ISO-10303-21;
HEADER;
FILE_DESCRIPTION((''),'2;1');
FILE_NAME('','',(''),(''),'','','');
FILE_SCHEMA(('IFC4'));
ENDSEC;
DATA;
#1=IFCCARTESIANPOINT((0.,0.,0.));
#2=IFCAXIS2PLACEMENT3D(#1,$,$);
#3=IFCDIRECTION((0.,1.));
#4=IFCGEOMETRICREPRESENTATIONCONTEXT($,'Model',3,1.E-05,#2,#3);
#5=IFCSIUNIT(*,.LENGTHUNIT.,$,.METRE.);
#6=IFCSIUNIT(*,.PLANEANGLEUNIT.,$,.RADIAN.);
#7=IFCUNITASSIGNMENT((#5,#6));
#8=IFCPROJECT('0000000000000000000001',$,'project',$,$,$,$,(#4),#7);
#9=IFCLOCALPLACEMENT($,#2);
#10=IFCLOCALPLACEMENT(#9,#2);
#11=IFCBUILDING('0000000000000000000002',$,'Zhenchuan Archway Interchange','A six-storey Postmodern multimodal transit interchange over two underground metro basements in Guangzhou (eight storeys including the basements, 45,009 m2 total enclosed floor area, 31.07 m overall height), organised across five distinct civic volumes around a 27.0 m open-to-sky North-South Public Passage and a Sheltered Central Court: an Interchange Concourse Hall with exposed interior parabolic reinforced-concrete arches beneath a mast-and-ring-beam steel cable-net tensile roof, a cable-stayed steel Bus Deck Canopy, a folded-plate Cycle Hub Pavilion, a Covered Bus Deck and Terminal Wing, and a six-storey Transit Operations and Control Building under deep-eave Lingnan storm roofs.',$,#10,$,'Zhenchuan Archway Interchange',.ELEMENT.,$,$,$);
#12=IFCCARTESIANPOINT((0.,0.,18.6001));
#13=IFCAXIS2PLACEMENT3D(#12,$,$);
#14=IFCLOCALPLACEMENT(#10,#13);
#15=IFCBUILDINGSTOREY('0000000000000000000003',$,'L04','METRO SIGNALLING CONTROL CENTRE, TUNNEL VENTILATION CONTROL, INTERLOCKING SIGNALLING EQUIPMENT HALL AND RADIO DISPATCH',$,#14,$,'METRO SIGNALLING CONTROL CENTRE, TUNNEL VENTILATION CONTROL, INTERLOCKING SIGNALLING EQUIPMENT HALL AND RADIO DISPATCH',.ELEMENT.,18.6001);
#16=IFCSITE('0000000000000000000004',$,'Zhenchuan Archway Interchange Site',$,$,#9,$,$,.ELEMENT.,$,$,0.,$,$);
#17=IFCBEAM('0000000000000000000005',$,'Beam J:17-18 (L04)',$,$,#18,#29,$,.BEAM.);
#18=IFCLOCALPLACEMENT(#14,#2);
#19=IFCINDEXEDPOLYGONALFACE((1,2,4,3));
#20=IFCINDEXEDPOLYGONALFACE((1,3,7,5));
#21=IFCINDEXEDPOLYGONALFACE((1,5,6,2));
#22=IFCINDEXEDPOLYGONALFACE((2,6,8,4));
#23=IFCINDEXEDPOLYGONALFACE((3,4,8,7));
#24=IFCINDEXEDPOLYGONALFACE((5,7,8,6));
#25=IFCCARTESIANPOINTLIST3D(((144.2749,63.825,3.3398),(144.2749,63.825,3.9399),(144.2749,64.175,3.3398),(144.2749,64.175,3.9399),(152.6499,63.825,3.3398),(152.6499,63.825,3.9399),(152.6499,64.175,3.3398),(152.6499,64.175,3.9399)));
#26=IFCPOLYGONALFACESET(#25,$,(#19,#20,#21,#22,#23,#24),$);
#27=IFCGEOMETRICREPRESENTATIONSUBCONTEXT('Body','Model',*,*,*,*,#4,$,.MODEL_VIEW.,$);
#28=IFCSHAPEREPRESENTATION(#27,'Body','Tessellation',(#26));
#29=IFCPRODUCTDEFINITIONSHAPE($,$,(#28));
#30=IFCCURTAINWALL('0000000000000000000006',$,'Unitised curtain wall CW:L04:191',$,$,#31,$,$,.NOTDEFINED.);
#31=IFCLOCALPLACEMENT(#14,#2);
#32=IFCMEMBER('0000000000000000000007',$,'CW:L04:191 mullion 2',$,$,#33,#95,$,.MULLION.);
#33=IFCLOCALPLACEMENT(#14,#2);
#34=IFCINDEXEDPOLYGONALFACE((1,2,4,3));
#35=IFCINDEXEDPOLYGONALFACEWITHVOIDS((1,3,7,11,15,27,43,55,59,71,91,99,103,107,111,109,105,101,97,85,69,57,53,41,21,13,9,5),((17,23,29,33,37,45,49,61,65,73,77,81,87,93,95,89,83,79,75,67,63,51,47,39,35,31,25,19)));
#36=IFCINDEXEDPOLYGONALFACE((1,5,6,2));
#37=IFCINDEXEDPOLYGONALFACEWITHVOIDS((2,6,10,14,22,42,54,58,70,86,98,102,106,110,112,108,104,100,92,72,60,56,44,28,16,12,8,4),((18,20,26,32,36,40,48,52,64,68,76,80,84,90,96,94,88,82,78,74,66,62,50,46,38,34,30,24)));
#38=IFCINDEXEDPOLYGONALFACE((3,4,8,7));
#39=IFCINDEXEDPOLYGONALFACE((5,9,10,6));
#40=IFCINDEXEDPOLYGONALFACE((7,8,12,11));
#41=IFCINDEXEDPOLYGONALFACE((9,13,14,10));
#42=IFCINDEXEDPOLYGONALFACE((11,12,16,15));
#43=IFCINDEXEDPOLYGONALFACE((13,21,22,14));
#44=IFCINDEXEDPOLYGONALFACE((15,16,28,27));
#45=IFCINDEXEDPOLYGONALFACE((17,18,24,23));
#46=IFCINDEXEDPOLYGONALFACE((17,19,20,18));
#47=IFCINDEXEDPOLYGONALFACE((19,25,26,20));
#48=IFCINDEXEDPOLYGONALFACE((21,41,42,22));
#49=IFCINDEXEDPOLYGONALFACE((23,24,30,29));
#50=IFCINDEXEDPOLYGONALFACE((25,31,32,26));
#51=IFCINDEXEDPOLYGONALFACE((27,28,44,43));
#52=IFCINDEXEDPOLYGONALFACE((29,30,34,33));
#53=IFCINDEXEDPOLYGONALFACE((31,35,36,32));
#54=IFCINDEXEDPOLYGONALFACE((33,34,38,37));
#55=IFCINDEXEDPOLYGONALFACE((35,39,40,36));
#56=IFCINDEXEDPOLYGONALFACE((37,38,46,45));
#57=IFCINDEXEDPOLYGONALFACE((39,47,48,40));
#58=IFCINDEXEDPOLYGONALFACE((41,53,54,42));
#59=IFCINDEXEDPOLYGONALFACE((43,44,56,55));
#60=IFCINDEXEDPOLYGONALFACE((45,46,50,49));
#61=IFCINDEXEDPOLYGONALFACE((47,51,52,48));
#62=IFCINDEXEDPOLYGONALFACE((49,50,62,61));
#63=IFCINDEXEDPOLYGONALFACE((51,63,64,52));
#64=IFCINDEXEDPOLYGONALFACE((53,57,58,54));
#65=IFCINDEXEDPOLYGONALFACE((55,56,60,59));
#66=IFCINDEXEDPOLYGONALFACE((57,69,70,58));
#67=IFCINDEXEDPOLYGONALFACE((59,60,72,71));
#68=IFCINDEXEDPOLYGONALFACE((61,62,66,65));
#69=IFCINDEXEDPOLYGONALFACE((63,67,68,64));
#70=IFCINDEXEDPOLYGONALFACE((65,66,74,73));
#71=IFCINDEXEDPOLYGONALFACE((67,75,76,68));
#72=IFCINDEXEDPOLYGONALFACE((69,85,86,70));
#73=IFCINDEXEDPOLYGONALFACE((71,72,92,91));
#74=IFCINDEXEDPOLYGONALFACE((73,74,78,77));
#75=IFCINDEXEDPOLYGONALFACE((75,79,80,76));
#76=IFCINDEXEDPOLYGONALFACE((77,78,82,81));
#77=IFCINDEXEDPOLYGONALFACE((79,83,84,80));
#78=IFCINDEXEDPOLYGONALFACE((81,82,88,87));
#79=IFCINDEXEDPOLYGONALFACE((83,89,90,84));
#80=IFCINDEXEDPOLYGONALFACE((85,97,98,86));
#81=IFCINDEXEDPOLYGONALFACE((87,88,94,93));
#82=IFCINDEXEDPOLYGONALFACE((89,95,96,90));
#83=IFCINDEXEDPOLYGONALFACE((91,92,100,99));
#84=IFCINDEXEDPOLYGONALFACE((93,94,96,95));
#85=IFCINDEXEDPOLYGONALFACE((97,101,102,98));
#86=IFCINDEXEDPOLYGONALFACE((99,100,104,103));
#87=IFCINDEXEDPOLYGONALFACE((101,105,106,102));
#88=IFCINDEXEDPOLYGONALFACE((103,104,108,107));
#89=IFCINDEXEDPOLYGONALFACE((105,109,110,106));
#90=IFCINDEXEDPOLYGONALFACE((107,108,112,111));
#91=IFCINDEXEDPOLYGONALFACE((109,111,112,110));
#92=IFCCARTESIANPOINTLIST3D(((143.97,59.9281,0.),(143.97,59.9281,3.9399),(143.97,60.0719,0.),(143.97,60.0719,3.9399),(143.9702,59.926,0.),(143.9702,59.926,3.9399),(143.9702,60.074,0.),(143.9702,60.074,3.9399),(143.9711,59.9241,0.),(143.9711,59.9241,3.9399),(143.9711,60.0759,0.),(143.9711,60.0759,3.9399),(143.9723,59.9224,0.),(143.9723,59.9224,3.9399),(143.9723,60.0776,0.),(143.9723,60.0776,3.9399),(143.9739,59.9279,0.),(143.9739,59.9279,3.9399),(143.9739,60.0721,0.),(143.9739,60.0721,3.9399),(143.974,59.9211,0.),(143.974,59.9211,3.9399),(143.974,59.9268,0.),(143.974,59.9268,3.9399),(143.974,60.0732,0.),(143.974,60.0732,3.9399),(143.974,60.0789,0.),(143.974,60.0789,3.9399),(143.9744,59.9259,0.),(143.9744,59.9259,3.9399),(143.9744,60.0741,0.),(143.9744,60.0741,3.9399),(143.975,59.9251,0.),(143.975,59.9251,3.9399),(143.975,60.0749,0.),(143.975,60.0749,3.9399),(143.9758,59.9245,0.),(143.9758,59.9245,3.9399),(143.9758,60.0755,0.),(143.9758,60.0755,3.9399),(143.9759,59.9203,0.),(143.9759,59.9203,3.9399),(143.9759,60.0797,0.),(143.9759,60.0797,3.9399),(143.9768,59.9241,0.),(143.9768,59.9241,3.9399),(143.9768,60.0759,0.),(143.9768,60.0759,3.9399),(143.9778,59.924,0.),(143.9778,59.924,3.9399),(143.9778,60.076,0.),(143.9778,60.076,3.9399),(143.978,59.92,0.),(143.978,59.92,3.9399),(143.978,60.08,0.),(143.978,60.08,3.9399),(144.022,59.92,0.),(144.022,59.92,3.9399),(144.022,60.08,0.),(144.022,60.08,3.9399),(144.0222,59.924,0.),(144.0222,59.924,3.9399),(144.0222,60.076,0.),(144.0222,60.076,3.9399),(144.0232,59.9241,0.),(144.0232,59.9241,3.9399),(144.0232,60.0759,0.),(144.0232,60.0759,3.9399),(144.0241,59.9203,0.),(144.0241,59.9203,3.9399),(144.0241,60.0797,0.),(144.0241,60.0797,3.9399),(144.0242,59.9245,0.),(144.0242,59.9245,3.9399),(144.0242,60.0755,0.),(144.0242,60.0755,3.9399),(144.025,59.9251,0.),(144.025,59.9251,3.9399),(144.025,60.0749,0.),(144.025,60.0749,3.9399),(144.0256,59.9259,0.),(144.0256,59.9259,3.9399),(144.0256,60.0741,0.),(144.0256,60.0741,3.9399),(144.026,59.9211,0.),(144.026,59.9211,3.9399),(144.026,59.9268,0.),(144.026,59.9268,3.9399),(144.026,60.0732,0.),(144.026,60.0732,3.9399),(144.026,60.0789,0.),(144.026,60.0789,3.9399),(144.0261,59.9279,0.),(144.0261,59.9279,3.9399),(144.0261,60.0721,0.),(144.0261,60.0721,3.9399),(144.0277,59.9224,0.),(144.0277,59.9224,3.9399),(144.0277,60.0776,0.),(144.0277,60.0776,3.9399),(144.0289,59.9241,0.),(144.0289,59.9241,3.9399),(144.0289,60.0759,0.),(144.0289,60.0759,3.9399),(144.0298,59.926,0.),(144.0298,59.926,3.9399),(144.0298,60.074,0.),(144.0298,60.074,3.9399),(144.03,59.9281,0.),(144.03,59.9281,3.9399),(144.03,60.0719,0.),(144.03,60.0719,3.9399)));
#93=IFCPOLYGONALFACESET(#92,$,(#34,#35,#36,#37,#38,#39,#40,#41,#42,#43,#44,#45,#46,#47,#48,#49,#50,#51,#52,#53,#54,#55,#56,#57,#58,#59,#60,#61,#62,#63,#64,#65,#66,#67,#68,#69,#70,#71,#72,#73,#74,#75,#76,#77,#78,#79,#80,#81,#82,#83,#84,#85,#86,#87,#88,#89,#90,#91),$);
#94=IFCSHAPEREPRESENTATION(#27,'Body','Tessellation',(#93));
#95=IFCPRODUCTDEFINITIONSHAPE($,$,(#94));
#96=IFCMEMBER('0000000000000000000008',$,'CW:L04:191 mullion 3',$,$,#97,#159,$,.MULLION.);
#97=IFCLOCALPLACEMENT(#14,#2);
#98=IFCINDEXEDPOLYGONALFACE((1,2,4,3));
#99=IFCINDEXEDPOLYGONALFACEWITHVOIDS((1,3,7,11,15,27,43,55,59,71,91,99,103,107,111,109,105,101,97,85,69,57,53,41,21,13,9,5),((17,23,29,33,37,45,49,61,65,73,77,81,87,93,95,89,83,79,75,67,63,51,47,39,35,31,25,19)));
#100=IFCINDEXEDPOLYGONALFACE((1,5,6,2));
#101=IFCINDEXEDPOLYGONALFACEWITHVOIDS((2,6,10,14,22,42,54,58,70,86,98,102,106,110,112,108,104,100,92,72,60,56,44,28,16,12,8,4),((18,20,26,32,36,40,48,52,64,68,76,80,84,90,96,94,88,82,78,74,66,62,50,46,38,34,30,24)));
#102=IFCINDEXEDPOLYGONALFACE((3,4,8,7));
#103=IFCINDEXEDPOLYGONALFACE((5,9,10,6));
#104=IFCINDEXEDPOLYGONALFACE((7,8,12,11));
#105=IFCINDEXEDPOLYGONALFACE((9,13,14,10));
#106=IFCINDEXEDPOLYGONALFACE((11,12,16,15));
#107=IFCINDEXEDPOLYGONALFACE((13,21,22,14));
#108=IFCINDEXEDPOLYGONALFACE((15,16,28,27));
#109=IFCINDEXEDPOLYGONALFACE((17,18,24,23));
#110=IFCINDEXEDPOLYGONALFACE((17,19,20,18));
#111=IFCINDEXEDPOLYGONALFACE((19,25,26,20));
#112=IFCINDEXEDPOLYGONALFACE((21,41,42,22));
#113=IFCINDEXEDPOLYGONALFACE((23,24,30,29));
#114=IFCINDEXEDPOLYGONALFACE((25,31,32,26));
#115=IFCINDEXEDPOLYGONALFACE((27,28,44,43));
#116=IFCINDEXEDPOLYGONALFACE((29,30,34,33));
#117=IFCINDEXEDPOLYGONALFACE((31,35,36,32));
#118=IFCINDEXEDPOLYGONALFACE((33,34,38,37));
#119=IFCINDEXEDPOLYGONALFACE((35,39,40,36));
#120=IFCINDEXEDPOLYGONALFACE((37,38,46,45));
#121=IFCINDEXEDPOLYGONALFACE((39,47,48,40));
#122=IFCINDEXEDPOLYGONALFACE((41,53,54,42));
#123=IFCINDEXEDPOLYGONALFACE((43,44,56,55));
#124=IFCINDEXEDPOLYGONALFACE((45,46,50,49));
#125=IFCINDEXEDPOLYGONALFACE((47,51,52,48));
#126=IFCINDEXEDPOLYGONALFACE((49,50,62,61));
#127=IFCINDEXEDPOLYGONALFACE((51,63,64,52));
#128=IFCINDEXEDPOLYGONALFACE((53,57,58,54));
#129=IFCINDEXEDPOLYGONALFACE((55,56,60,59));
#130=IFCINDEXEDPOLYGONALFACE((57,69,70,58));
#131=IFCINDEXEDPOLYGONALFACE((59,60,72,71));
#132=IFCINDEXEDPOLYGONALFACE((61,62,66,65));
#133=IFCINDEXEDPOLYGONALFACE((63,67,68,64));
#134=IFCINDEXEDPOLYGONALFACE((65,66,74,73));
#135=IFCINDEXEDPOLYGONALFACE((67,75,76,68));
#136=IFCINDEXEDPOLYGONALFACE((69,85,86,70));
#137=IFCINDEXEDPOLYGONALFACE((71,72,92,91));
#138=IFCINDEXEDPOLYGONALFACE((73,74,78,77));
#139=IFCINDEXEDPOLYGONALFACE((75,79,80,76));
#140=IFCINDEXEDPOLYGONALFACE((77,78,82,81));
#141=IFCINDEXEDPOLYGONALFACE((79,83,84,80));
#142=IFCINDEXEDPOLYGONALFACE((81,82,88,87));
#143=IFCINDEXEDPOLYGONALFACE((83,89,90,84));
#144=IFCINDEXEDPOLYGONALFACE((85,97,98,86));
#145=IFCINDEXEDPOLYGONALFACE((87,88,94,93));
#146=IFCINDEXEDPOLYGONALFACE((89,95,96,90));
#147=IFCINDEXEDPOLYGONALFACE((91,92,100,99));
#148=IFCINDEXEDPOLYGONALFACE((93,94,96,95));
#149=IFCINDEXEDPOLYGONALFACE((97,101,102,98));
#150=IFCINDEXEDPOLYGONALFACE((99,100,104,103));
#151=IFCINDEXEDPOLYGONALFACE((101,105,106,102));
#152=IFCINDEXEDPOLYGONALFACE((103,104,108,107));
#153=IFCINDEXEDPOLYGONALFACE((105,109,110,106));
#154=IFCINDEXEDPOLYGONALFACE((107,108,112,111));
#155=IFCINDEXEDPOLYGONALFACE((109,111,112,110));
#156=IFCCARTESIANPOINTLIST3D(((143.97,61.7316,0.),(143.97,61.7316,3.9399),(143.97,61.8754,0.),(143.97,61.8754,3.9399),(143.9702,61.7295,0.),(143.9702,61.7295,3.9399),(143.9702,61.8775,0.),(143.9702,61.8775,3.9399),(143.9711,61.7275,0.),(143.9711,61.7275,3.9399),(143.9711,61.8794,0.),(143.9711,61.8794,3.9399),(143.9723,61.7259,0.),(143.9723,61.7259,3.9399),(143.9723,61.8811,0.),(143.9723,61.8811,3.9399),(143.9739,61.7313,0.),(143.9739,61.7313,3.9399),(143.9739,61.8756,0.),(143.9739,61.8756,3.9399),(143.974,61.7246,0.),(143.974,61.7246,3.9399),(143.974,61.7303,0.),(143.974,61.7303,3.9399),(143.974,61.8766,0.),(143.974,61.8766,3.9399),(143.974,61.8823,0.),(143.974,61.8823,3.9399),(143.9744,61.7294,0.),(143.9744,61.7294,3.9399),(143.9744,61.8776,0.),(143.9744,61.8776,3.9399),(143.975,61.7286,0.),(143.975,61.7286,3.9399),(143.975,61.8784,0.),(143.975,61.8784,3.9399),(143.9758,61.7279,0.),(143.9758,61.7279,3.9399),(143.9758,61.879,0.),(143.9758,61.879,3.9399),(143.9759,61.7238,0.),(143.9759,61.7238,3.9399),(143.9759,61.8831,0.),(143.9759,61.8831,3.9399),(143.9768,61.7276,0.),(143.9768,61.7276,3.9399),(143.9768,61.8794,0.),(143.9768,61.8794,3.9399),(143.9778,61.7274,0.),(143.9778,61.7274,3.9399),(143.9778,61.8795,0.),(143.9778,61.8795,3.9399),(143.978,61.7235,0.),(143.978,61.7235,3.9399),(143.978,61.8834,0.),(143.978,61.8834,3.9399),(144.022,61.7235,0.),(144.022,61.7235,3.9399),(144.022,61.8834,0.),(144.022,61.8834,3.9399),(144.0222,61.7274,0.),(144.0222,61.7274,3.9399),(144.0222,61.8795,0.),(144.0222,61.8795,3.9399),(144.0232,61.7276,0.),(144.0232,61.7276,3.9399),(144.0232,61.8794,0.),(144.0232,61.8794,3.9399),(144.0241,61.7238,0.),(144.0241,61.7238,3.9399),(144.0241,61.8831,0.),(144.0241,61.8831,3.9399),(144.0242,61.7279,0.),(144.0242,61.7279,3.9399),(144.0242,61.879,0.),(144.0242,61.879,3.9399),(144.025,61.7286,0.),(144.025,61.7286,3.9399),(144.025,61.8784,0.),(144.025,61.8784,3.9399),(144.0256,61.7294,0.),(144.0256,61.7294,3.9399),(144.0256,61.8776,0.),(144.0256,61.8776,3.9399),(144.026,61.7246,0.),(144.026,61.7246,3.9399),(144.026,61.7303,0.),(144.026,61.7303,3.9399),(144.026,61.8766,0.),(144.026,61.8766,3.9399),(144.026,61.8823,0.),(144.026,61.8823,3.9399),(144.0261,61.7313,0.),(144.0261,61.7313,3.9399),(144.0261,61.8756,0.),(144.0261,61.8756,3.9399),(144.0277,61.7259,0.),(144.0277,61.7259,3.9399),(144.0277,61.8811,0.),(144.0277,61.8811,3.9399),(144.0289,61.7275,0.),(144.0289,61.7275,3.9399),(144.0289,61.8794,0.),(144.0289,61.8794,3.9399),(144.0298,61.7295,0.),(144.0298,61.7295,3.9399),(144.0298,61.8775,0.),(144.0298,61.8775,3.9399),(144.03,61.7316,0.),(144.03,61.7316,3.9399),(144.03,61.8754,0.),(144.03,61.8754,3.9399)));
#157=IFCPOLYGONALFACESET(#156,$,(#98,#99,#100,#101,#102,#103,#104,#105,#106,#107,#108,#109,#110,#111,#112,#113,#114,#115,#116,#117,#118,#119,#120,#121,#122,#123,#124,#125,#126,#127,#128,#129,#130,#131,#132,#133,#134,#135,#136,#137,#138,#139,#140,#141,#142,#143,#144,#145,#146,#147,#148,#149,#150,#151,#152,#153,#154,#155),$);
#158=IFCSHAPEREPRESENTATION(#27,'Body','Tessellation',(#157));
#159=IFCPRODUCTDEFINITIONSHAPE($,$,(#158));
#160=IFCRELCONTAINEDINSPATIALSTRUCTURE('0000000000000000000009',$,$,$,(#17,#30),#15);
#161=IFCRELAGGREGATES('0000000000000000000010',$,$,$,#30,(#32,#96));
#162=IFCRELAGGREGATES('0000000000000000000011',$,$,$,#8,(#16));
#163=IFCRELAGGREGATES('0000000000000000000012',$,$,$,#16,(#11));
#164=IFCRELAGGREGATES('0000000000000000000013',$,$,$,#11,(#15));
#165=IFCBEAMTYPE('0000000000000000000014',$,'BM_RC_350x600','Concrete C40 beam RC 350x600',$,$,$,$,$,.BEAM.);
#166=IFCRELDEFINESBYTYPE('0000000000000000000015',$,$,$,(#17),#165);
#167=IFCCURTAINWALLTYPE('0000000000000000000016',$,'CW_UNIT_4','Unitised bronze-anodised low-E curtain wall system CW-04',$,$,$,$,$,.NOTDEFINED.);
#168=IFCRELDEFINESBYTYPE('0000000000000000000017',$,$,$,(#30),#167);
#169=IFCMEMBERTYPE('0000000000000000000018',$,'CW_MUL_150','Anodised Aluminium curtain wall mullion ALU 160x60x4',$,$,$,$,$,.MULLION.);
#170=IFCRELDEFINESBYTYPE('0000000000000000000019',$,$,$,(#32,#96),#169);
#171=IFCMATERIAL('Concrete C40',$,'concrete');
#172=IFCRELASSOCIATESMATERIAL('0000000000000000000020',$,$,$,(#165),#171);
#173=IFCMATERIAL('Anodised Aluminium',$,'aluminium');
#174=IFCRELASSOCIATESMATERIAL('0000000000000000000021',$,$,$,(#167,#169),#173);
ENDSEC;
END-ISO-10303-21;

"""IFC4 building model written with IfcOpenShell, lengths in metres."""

from ifc_helpers import new_model, si_unit, direction, frame, origin, origin_2d, place, context, subcontext, project, spatial, rectangle, hollow_rectangle, extrude, material, material_profile, profile_set, type_object, element, aggregate, save


model = new_model("IFC4")

# Units and contexts
model_context = context("Model", 3, precision=1e-05, world=origin(), true_north=direction((0.0, 1.0)))
body_context = subcontext(model_context, "Body", "Model", "MODEL_VIEW")
ifc_project = project(units=[si_unit("LENGTHUNIT", "METRE"), si_unit("PLANEANGLEUNIT", "RADIAN")], contexts=[model_context])

# Site, building, storey
site_placement = place(None, origin())
site = spatial("IfcSite", under=ifc_project, at=site_placement, Name="Zhenchuan Archway Interchange Site", CompositionType="ELEMENT", RefElevation=0.0)
building_placement = place(site_placement, origin())
building = spatial("IfcBuilding", under=site, at=building_placement, Name="Zhenchuan Archway Interchange", Description="A six-storey Postmodern multimodal transit interchange over two underground metro basements in Guangzhou (eight storeys including the basements, 45,009 m2 total enclosed floor area, 31.07 m overall height), organised across five distinct civic volumes around a 27.0 m open-to-sky North-South Public Passage and a Sheltered Central Court: an Interchange Concourse Hall with exposed interior parabolic reinforced-concrete arches beneath a mast-and-ring-beam steel cable-net tensile roof, a cable-stayed steel Bus Deck Canopy, a folded-plate Cycle Hub Pavilion, a Covered Bus Deck and Terminal Wing, and a six-storey Transit Operations and Control Building under deep-eave Lingnan storm roofs.", LongName="Zhenchuan Archway Interchange", CompositionType="ELEMENT")
storey_placement = place(building_placement, frame((0.0, 0.0, 18.6001)))
storey = spatial("IfcBuildingStorey", under=building, at=storey_placement, Name="L04", Description="METRO SIGNALLING CONTROL CENTRE, TUNNEL VENTILATION CONTROL, INTERLOCKING SIGNALLING EQUIPMENT HALL AND RADIO DISPATCH", LongName="METRO SIGNALLING CONTROL CENTRE, TUNNEL VENTILATION CONTROL, INTERLOCKING SIGNALLING EQUIPMENT HALL AND RADIO DISPATCH", CompositionType="ELEMENT", Elevation=18.6001)

# Beam
ifc_material_1 = material(Name="Concrete C40", Category="concrete")
ifc_material_profile_1 = material_profile(ifc_material_1, rectangle(XDim=0.3501, YDim=0.6001, at=origin_2d()), Name="RC 350x600")
ifc_profile_set_1 = profile_set([ifc_material_profile_1], Name="Concrete C40")
beam_type_1 = type_object("IfcBeamType", Name="BM_RC_350x600", Description="Concrete C40 beam RC 350x600", PredefinedType="BEAM", material=ifc_profile_set_1)
beam_1_placement = place(storey_placement, frame((144.2749, 64.0, 3.6399), z_axis=(1.0, 0.0, 0.0), x_axis=(0.0, 1.0, 0.0)))
element("IfcBeam", 1, at=beam_1_placement, inside=storey, type_object=beam_type_1, Name="Beam J:17-18 (L04)", PredefinedType="BEAM", context=body_context, shape_type="SweptSolid", body=[
    extrude(rectangle(XDim=0.3501, YDim=0.6001, at=origin_2d()), origin(), (0.0, 0.0, 1.0), 8.375),
])

# Curtain wall, members
ifc_material_2 = material(Name="Anodised Aluminium", Category="aluminium")
curtain_wall_type = type_object("IfcCurtainWallType", Name="CW_UNIT_4", Description="Unitised bronze-anodised low-E curtain wall system CW-04", PredefinedType="NOTDEFINED", material=ifc_material_2)
curtain_wall_placement = place(storey_placement, origin())
curtain_wall = element("IfcCurtainWall", 2, at=curtain_wall_placement, inside=storey, type_object=curtain_wall_type, Name="Unitised curtain wall CW:L04:191", PredefinedType="NOTDEFINED")
ifc_material_profile_2 = material_profile(ifc_material_2, hollow_rectangle(XDim=0.0601, YDim=0.1599, WallThickness=0.0039, InnerFilletRadius=0.0039, OuterFilletRadius=0.0081, at=origin_2d()), Name="ALU 160x60x4")
ifc_profile_set_2 = profile_set([ifc_material_profile_2], Name="Anodised Aluminium")
member_type_1 = type_object("IfcMemberType", Name="CW_MUL_150", Description="Anodised Aluminium curtain wall mullion ALU 160x60x4", PredefinedType="MULLION", material=ifc_profile_set_2)
member_1_placement = place(storey_placement, frame((144.0, 60.0, 0.0), z_axis=(0.0, 0.0, 1.0), x_axis=(1.0, 0.0, 0.0)))
member_1 = element("IfcMember", 3, at=member_1_placement, type_object=member_type_1, Name="CW:L04:191 mullion 2", PredefinedType="MULLION", context=body_context, shape_type="SweptSolid", body=[
    extrude(hollow_rectangle(XDim=0.0601, YDim=0.1599, WallThickness=0.0039, InnerFilletRadius=0.0039, OuterFilletRadius=0.0081, at=origin_2d()), origin(), (0.0, 0.0, 1.0), 3.9399),
])
member_2_placement = place(storey_placement, frame((144.0, 61.8035, 0.0), z_axis=(0.0, 0.0, 1.0), x_axis=(1.0, 0.0, 0.0)))
member_2 = element("IfcMember", 4, at=member_2_placement, type_object=member_type_1, Name="CW:L04:191 mullion 3", PredefinedType="MULLION", context=body_context, shape_type="SweptSolid", body=[
    extrude(hollow_rectangle(XDim=0.0601, YDim=0.1599, WallThickness=0.0039, InnerFilletRadius=0.0039, OuterFilletRadius=0.0081, at=origin_2d()), origin(), (0.0, 0.0, 1.0), 3.9399),
])

aggregate(curtain_wall, [member_1, member_2])

save(model, "model.ifc")
